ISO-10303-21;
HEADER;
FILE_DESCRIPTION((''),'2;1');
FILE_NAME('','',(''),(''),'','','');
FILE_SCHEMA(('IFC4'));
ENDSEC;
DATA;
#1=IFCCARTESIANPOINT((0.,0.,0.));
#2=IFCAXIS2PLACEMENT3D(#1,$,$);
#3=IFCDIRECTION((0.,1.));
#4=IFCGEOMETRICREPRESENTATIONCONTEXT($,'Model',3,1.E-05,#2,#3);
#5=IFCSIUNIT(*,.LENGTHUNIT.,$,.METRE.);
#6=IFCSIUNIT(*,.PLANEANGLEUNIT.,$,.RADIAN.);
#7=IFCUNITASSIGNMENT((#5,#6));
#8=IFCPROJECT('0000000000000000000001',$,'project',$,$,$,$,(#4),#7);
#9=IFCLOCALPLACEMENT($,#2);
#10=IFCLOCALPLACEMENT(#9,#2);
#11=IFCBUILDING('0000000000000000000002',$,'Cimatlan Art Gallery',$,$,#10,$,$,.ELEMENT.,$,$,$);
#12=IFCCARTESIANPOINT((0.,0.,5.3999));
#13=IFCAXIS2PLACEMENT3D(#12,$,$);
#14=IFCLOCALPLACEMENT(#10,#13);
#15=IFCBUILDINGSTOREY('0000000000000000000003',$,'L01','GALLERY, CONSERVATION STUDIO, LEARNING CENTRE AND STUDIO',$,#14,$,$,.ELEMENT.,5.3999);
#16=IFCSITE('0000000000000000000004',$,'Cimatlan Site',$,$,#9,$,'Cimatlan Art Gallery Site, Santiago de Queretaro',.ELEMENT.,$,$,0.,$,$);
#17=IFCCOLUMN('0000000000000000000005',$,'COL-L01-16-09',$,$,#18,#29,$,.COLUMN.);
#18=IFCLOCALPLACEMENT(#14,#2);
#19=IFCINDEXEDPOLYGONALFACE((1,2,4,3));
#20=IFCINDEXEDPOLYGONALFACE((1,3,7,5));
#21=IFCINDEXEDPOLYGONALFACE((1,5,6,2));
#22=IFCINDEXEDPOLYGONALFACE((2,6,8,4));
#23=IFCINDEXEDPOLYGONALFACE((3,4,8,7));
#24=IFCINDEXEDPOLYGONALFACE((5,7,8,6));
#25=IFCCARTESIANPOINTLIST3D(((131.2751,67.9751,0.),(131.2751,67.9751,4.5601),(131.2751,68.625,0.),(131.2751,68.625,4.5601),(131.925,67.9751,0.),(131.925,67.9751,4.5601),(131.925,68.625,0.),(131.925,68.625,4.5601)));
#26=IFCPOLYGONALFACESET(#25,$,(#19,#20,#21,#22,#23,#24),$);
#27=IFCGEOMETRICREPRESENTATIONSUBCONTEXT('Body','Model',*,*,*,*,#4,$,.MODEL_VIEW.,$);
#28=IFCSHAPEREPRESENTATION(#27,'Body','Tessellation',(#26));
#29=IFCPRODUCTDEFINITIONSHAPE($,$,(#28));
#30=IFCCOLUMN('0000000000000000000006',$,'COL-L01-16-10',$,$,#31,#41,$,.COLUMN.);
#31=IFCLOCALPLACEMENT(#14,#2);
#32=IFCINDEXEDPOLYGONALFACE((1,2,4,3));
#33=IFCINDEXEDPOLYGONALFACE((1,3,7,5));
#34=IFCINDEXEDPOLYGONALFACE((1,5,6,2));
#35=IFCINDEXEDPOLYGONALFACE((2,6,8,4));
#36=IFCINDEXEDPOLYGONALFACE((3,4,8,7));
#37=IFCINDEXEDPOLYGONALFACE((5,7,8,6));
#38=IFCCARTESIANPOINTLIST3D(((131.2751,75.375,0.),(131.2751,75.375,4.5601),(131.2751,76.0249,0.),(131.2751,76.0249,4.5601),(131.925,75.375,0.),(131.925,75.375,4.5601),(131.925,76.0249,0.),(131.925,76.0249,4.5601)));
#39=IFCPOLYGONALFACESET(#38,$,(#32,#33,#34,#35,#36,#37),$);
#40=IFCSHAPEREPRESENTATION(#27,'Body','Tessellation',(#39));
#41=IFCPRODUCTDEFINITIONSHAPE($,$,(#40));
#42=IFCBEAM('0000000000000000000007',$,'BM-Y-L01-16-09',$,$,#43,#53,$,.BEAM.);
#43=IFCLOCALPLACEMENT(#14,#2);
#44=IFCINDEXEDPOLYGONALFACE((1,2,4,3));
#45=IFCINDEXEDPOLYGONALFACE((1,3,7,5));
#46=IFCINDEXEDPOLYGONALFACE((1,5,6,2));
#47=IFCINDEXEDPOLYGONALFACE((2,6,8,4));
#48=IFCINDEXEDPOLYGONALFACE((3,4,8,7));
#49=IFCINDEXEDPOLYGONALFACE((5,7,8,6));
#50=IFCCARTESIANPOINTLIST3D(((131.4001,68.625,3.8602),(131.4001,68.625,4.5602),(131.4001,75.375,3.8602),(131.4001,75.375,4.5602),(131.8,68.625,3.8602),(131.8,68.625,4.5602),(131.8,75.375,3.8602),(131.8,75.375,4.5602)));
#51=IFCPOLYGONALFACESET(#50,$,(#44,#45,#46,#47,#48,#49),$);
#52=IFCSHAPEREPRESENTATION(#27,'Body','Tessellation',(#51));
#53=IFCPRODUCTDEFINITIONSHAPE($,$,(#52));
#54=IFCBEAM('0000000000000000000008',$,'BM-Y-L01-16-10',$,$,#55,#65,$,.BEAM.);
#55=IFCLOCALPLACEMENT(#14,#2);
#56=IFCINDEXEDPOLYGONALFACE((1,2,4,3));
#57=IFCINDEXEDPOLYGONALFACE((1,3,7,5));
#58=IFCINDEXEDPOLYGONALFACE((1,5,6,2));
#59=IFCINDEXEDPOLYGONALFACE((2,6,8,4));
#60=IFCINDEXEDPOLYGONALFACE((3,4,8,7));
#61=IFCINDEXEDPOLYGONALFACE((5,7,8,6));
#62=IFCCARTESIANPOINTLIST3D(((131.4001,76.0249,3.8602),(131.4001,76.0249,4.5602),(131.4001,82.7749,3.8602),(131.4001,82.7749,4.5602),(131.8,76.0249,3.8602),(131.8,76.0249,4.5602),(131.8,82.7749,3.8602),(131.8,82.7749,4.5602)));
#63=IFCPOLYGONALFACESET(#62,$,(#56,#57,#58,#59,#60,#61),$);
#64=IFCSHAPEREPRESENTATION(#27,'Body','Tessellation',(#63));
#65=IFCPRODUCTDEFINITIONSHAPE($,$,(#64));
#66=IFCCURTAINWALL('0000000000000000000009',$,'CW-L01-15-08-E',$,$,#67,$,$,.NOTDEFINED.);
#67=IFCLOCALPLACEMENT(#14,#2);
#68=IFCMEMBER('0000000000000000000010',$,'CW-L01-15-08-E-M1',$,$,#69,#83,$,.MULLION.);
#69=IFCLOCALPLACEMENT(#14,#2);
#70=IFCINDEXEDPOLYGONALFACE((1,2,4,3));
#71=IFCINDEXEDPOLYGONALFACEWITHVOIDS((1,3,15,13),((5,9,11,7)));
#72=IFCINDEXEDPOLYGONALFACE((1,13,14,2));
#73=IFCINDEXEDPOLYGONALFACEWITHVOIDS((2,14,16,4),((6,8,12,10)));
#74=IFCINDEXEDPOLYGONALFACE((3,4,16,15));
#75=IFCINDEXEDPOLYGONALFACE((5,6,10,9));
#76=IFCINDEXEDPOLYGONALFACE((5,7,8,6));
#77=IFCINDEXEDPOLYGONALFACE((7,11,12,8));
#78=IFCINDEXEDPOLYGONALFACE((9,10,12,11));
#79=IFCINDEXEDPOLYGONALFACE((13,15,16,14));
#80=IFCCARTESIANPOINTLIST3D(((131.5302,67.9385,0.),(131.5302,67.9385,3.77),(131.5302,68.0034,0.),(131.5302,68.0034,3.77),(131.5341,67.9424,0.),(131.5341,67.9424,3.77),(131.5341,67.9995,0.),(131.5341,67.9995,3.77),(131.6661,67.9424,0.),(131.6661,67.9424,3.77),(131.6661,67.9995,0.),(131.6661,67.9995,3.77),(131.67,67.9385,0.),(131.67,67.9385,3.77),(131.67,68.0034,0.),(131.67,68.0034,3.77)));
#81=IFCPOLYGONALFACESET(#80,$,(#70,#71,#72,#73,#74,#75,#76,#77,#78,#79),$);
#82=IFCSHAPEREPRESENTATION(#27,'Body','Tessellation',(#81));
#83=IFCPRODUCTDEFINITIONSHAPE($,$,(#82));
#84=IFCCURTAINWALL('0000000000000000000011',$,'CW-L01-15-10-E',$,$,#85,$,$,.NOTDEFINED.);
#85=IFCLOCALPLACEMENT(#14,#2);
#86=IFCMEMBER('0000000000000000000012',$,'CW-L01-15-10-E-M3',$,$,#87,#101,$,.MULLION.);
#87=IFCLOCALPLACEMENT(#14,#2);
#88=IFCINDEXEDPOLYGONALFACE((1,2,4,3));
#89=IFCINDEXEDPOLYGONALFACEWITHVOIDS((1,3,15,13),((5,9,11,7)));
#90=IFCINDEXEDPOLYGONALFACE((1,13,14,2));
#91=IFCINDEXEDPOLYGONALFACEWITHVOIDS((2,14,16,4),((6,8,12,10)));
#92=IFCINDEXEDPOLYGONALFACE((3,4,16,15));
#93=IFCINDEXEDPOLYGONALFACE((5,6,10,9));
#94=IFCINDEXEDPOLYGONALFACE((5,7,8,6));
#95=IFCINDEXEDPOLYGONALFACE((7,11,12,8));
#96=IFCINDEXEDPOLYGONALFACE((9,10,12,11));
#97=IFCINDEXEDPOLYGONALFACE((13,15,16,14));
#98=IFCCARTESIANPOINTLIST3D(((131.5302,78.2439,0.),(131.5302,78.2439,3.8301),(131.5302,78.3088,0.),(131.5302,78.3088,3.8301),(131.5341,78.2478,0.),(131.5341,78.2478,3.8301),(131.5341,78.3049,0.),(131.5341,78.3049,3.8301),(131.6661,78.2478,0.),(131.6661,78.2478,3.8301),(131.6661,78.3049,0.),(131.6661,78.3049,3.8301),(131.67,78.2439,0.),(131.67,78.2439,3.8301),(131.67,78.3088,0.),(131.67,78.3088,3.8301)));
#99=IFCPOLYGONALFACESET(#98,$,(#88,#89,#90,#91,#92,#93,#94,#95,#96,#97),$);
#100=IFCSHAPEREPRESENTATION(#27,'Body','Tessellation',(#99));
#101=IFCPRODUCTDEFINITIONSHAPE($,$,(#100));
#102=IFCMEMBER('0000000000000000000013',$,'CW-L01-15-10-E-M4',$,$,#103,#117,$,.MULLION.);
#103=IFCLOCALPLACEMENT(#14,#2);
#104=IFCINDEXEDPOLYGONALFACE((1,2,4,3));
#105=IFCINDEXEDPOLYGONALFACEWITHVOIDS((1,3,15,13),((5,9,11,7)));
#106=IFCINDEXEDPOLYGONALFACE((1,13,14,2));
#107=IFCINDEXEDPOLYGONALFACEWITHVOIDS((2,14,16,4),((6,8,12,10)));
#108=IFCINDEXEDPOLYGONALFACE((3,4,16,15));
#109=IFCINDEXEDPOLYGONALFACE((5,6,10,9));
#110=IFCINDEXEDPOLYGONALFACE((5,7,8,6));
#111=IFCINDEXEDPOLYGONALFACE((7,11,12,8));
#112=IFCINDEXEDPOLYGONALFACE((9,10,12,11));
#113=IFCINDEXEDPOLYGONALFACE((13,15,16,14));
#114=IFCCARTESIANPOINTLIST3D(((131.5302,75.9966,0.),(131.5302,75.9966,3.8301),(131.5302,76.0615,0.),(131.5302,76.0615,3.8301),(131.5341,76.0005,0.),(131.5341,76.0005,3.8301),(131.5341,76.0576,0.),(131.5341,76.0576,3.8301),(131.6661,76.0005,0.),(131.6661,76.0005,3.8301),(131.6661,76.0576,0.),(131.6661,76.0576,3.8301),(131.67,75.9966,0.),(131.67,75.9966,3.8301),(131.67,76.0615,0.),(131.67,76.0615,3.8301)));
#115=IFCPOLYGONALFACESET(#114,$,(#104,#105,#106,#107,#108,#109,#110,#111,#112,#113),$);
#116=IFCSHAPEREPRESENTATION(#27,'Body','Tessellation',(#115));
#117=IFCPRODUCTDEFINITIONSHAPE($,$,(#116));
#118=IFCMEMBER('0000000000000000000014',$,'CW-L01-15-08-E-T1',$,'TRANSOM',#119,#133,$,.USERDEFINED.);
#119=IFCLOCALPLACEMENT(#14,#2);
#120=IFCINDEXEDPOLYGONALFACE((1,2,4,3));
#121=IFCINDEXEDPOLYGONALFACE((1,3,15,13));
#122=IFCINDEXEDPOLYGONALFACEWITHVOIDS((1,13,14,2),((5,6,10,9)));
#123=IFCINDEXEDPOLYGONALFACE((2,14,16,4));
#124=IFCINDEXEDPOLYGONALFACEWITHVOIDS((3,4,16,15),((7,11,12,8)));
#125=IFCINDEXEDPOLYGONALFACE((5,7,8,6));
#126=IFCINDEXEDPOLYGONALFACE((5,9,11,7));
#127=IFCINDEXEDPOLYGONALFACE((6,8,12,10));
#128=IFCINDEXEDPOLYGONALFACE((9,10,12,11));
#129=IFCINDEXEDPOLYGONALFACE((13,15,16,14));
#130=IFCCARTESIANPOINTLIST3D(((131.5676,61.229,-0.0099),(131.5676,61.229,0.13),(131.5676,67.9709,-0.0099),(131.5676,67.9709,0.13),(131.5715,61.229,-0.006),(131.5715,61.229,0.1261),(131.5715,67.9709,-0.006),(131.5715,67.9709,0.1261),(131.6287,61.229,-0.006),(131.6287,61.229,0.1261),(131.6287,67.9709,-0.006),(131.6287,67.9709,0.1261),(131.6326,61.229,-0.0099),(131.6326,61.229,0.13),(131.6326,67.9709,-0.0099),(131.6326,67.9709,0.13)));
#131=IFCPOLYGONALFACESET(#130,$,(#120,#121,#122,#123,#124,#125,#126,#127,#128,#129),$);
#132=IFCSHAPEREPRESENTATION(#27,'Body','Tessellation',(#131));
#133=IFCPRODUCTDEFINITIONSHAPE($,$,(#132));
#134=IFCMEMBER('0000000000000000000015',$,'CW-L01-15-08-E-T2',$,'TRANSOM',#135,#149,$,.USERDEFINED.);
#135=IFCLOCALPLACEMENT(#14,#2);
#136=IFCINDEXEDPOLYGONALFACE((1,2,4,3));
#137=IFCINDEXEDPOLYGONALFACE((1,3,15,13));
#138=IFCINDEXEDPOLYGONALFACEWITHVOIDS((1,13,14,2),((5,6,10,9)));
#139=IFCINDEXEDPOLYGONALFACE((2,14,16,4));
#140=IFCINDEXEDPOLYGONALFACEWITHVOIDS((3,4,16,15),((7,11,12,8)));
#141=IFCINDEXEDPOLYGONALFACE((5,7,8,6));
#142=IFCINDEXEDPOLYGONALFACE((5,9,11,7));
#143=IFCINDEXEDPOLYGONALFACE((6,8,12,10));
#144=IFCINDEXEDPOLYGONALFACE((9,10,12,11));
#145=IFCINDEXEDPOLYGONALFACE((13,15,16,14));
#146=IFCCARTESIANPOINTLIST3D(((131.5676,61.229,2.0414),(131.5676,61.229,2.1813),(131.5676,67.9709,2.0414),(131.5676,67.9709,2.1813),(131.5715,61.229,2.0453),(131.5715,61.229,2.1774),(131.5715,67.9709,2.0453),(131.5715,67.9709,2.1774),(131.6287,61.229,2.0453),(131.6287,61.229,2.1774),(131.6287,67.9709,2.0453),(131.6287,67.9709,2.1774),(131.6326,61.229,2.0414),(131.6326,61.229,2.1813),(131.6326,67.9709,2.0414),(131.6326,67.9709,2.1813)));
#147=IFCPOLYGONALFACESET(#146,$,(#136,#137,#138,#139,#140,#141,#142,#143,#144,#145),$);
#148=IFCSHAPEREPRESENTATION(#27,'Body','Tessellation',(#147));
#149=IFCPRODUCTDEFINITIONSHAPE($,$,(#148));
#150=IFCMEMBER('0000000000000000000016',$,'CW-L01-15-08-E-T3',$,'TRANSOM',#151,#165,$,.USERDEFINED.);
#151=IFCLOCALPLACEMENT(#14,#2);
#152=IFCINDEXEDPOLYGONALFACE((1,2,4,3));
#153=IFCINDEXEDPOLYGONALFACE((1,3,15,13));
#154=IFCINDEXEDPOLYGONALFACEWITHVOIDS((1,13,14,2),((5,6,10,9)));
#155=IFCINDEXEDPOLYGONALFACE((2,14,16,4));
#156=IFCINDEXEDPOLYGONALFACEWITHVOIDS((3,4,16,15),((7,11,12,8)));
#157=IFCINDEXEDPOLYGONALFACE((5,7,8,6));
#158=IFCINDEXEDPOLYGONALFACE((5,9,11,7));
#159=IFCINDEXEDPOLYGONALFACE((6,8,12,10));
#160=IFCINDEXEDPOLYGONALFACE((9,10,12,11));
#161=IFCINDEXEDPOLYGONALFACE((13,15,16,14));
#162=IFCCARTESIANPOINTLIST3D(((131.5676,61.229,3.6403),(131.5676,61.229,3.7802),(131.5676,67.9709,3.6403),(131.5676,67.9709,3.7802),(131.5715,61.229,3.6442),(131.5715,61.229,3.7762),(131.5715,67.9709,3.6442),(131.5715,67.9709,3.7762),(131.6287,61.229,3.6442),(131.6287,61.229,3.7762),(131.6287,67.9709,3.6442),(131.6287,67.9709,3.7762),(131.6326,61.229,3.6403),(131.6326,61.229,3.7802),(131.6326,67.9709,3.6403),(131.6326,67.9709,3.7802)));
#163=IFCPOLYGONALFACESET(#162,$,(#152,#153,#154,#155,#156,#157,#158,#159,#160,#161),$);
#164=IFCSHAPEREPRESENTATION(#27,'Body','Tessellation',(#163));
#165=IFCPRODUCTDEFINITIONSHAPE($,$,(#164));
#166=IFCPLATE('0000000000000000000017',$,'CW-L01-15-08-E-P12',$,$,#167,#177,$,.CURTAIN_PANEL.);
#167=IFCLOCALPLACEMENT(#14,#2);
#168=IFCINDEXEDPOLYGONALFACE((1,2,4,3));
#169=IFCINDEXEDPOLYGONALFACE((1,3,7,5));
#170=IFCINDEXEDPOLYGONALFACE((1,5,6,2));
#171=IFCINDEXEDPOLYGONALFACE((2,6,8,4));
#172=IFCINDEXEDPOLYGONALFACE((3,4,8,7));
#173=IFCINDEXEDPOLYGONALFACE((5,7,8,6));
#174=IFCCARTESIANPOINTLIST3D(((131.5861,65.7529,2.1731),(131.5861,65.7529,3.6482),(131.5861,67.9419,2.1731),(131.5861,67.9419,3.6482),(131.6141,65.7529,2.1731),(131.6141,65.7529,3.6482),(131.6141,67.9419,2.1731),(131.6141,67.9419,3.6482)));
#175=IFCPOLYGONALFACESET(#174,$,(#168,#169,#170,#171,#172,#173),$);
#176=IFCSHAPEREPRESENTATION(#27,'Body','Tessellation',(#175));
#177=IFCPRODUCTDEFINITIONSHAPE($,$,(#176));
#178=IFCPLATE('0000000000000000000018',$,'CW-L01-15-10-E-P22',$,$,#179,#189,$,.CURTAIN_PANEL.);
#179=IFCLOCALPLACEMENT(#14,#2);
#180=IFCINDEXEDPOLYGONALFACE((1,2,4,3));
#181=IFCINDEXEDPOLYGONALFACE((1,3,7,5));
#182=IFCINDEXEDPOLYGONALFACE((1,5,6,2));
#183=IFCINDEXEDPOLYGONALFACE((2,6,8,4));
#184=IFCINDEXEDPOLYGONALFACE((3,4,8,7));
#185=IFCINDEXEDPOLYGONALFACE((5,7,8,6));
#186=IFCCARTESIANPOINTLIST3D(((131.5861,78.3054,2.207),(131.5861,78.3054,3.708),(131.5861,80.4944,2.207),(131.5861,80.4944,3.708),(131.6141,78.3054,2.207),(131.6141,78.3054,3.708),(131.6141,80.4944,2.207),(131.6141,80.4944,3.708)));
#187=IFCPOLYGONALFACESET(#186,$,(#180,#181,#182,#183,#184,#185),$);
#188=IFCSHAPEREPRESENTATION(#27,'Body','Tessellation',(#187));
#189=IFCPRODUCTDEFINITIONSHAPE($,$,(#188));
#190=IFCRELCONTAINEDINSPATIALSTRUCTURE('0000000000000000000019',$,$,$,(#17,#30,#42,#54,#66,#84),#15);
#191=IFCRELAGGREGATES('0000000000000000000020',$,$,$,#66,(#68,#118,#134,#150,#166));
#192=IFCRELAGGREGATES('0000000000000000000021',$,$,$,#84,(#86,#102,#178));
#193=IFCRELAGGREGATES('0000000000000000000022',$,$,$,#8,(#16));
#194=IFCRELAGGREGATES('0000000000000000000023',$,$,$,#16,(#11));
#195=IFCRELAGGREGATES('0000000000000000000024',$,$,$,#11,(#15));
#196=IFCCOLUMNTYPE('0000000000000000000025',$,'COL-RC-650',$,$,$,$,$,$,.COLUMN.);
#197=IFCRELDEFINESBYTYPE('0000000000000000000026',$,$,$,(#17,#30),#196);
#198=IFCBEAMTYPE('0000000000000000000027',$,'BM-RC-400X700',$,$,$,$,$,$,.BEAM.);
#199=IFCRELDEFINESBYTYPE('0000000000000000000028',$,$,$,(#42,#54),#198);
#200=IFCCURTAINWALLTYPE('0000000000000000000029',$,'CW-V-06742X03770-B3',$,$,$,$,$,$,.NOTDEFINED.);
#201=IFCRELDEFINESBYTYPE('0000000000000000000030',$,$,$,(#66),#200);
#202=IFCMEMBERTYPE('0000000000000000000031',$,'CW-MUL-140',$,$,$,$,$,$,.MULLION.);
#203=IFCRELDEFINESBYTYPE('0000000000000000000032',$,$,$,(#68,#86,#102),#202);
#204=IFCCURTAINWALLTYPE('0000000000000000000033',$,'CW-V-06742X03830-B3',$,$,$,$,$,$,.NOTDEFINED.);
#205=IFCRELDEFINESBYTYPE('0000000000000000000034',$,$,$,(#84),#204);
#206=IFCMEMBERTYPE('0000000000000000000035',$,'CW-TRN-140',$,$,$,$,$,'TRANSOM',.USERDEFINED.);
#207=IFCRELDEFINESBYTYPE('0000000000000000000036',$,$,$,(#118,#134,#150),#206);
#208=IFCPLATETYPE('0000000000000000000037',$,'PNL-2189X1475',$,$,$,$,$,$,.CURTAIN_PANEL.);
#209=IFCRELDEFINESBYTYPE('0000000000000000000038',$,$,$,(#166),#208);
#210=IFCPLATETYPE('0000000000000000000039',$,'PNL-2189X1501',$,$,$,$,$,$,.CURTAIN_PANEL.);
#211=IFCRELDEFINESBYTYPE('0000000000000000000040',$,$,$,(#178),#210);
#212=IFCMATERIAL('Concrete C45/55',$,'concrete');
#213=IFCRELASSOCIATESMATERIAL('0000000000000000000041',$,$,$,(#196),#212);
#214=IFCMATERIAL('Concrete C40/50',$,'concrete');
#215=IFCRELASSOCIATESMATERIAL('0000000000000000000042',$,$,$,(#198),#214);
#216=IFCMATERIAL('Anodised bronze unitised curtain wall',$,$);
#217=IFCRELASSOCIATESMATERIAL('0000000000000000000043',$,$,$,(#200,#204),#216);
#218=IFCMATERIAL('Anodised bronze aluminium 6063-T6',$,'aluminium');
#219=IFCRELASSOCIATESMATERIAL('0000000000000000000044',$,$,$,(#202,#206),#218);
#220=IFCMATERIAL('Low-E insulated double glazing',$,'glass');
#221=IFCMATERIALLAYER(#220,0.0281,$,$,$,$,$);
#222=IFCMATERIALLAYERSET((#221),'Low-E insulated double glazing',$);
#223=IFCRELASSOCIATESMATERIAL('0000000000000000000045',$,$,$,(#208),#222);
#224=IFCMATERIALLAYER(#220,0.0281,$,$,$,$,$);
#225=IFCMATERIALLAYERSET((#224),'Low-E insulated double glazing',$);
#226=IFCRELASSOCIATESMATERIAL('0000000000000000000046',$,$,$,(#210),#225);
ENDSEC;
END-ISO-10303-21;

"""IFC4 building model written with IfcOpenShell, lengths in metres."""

from ifc_helpers import new_model, si_unit, direction, frame, origin, origin_2d, place, context, subcontext, project, spatial, rectangle, hollow_rectangle, extrude, material, layer, layer_set, material_profile, profile_set, type_object, element, aggregate, save


model = new_model("IFC4")

# Units and contexts
model_context = context("Model", 3, precision=1e-05, world=origin(), true_north=direction((0.0, 1.0)))
body_context = subcontext(model_context, "Body", "Model", "MODEL_VIEW")
ifc_project = project(units=[si_unit("LENGTHUNIT", "METRE"), si_unit("PLANEANGLEUNIT", "RADIAN")], contexts=[model_context])

# Site, building, storey
site_placement = place(None, origin())
site = spatial("IfcSite", under=ifc_project, at=site_placement, Name="Cimatlan Site", LongName="Cimatlan Art Gallery Site, Santiago de Queretaro", CompositionType="ELEMENT", RefElevation=0.0)
building_placement = place(site_placement, origin())
building = spatial("IfcBuilding", under=site, at=building_placement, Name="Cimatlan Art Gallery", CompositionType="ELEMENT")
storey_placement = place(building_placement, frame((0.0, 0.0, 5.3999)))
storey = spatial("IfcBuildingStorey", under=building, at=storey_placement, Name="L01", Description="GALLERY, CONSERVATION STUDIO, LEARNING CENTRE AND STUDIO", CompositionType="ELEMENT", Elevation=5.3999)

# Columns
ifc_material_1 = material(Name="Concrete C45/55", Category="concrete")
ifc_material_profile_1 = material_profile(ifc_material_1, rectangle(XDim=0.6499, YDim=0.6499, at=origin_2d()), Name="RC650X650")
ifc_profile_set_1 = profile_set([ifc_material_profile_1], Name="Concrete C45/55")
column_type = type_object("IfcColumnType", Name="COL-RC-650", PredefinedType="COLUMN", material=ifc_profile_set_1)
for number, where, z_axis, x_axis, name in (
    (1, (131.6001, 68.3, 0.0), (0.0, 0.0, 1.0), (1.0, 0.0, 0.0), "COL-L01-16-09"),
    (2, (131.6001, 75.7, 0.0), (0.0, 0.0, 1.0), (1.0, 0.0, 0.0), "COL-L01-16-10"),
):
    element("IfcColumn", number, at=place(storey_placement, frame(where, z_axis=z_axis, x_axis=x_axis)), inside=storey, type_object=column_type, Name=name, PredefinedType="COLUMN", context=body_context, shape_type="SweptSolid", body=[
        extrude(rectangle(XDim=0.6499, YDim=0.6499, at=origin_2d()), origin(), (0.0, 0.0, 1.0), 4.5601),
    ])

# Beams
ifc_material_2 = material(Name="Concrete C40/50", Category="concrete")
ifc_material_profile_2 = material_profile(ifc_material_2, rectangle(XDim=0.3999, YDim=0.7, at=origin_2d()), Name="RC400X700")
ifc_profile_set_2 = profile_set([ifc_material_profile_2], Name="Concrete C40/50")
beam_type = type_object("IfcBeamType", Name="BM-RC-400X700", PredefinedType="BEAM", material=ifc_profile_set_2)
for number, where, z_axis, x_axis, name in (
    (3, (131.6001, 68.625, 4.2102), (0.0, 1.0, 0.0), (-1.0, 0.0, 0.0), "BM-Y-L01-16-09"),
    (4, (131.6001, 76.0249, 4.2102), (0.0, 1.0, 0.0), (-1.0, 0.0, 0.0), "BM-Y-L01-16-10"),
):
    element("IfcBeam", number, at=place(storey_placement, frame(where, z_axis=z_axis, x_axis=x_axis)), inside=storey, type_object=beam_type, Name=name, PredefinedType="BEAM", context=body_context, shape_type="SweptSolid", body=[
        extrude(rectangle(XDim=0.3999, YDim=0.7, at=origin_2d()), origin(), (0.0, 0.0, 1.0), 6.75),
    ])

# Curtain wall, member
ifc_material_3 = material(Name="Anodised bronze unitised curtain wall")
curtain_wall_type_1 = type_object("IfcCurtainWallType", Name="CW-V-06742X03770-B3", PredefinedType="NOTDEFINED", material=ifc_material_3)
curtain_wall_1_placement = place(storey_placement, origin())
curtain_wall_1 = element("IfcCurtainWall", 5, at=curtain_wall_1_placement, inside=storey, type_object=curtain_wall_type_1, Name="CW-L01-15-08-E", PredefinedType="NOTDEFINED")
ifc_material_4 = material(Name="Anodised bronze aluminium 6063-T6", Category="aluminium")
ifc_material_profile_3 = material_profile(ifc_material_4, hollow_rectangle(XDim=0.0649, YDim=0.1399, WallThickness=0.0039, at=origin_2d()), Name="ALU65X140X4")
ifc_profile_set_3 = profile_set([ifc_material_profile_3], Name="Anodised bronze aluminium 6063-T6")
member_type_1 = type_object("IfcMemberType", Name="CW-MUL-140", PredefinedType="MULLION", material=ifc_profile_set_3)
member_1_placement = place(storey_placement, frame((131.6001, 67.9709, 0.0), z_axis=(0.0, 0.0, 1.0), x_axis=(0.0, 1.0, 0.0)))
member_1 = element("IfcMember", 6, at=member_1_placement, type_object=member_type_1, Name="CW-L01-15-08-E-M1", PredefinedType="MULLION", context=body_context, shape_type="SweptSolid", body=[
    extrude(hollow_rectangle(XDim=0.0649, YDim=0.1399, WallThickness=0.0039, at=origin_2d()), origin(), (0.0, 0.0, 1.0), 3.77),
])

# Curtain wall, members
curtain_wall_type_2 = type_object("IfcCurtainWallType", Name="CW-V-06742X03830-B3", PredefinedType="NOTDEFINED", material=ifc_material_3)
curtain_wall_2_placement = place(storey_placement, origin())
curtain_wall_2 = element("IfcCurtainWall", 7, at=curtain_wall_2_placement, inside=storey, type_object=curtain_wall_type_2, Name="CW-L01-15-10-E", PredefinedType="NOTDEFINED")
member_2_placement = place(storey_placement, frame((131.6001, 78.2764, 0.0), z_axis=(0.0, 0.0, 1.0), x_axis=(0.0, 1.0, 0.0)))
member_2 = element("IfcMember", 8, at=member_2_placement, type_object=member_type_1, Name="CW-L01-15-10-E-M3", PredefinedType="MULLION", context=body_context, shape_type="SweptSolid", body=[
    extrude(hollow_rectangle(XDim=0.0649, YDim=0.1399, WallThickness=0.0039, at=origin_2d()), origin(), (0.0, 0.0, 1.0), 3.8301),
])
member_3_placement = place(storey_placement, frame((131.6001, 76.0291, 0.0), z_axis=(0.0, 0.0, 1.0), x_axis=(0.0, 1.0, 0.0)))
member_3 = element("IfcMember", 9, at=member_3_placement, type_object=member_type_1, Name="CW-L01-15-10-E-M4", PredefinedType="MULLION", context=body_context, shape_type="SweptSolid", body=[
    extrude(hollow_rectangle(XDim=0.0649, YDim=0.1399, WallThickness=0.0039, at=origin_2d()), origin(), (0.0, 0.0, 1.0), 3.8301),
])

# Members
ifc_material_profile_4 = material_profile(ifc_material_4, hollow_rectangle(XDim=0.0649, YDim=0.1399, WallThickness=0.0039, at=origin_2d()), Name="ALU65X140X4")
ifc_profile_set_4 = profile_set([ifc_material_profile_4], Name="Anodised bronze aluminium 6063-T6")
member_type_2 = type_object("IfcMemberType", Name="CW-TRN-140", ElementType="TRANSOM", PredefinedType="USERDEFINED", material=ifc_profile_set_4)
member_4_placement = place(storey_placement, frame((131.6001, 67.9709, 0.0601), z_axis=(0.0, -1.0, 0.0), x_axis=(1.0, 0.0, 0.0)))
member_4 = element("IfcMember", 10, at=member_4_placement, type_object=member_type_2, Name="CW-L01-15-08-E-T1", ObjectType="TRANSOM", PredefinedType="USERDEFINED", context=body_context, shape_type="SweptSolid", body=[
    extrude(hollow_rectangle(XDim=0.0649, YDim=0.1399, WallThickness=0.0039, at=origin_2d()), origin(), (0.0, 0.0, 1.0), 6.7419),
])
member_5_placement = place(storey_placement, frame((131.6001, 67.9709, 2.1113), z_axis=(0.0, -1.0, 0.0), x_axis=(1.0, 0.0, 0.0)))
member_5 = element("IfcMember", 11, at=member_5_placement, type_object=member_type_2, Name="CW-L01-15-08-E-T2", ObjectType="TRANSOM", PredefinedType="USERDEFINED", context=body_context, shape_type="SweptSolid", body=[
    extrude(hollow_rectangle(XDim=0.0649, YDim=0.1399, WallThickness=0.0039, at=origin_2d()), origin(), (0.0, 0.0, 1.0), 6.7419),
])
member_6_placement = place(storey_placement, frame((131.6001, 67.9709, 3.7102), z_axis=(0.0, -1.0, 0.0), x_axis=(1.0, 0.0, 0.0)))
member_6 = element("IfcMember", 12, at=member_6_placement, type_object=member_type_2, Name="CW-L01-15-08-E-T3", ObjectType="TRANSOM", PredefinedType="USERDEFINED", context=body_context, shape_type="SweptSolid", body=[
    extrude(hollow_rectangle(XDim=0.0649, YDim=0.1399, WallThickness=0.0039, at=origin_2d()), origin(), (0.0, 0.0, 1.0), 6.7419),
])

# Plates
ifc_material_5 = material(Name="Low-E insulated double glazing", Category="glass")
ifc_layer_1 = layer(ifc_material_5, 0.0281)
ifc_layer_set_1 = layer_set([ifc_layer_1], Name="Low-E insulated double glazing")
plate_type_1 = type_object("IfcPlateType", Name="PNL-2189X1475", PredefinedType="CURTAIN_PANEL", material=ifc_layer_set_1)
plate_1_placement = place(storey_placement, frame((131.6001, 66.8474, 2.1731), z_axis=(0.0, 0.0, 1.0), x_axis=(0.0, -1.0, 0.0)))
plate_1 = element("IfcPlate", 13, at=plate_1_placement, type_object=plate_type_1, Name="CW-L01-15-08-E-P12", PredefinedType="CURTAIN_PANEL", context=body_context, shape_type="SweptSolid", body=[
    extrude(rectangle(XDim=2.189, YDim=0.0281, at=origin_2d()), origin(), (0.0, 0.0, 1.0), 1.4751),
])
aggregate(curtain_wall_1, [member_1, member_4, member_5, member_6, plate_1])
ifc_layer_2 = layer(ifc_material_5, 0.0281)
ifc_layer_set_2 = layer_set([ifc_layer_2], Name="Low-E insulated double glazing")
plate_type_2 = type_object("IfcPlateType", Name="PNL-2189X1501", PredefinedType="CURTAIN_PANEL", material=ifc_layer_set_2)
plate_2_placement = place(storey_placement, frame((131.6001, 79.3999, 2.207), z_axis=(0.0, 0.0, 1.0), x_axis=(0.0, -1.0, 0.0)))
plate_2 = element("IfcPlate", 14, at=plate_2_placement, type_object=plate_type_2, Name="CW-L01-15-10-E-P22", PredefinedType="CURTAIN_PANEL", context=body_context, shape_type="SweptSolid", body=[
    extrude(rectangle(XDim=2.189, YDim=0.0281, at=origin_2d()), origin(), (0.0, 0.0, 1.0), 1.501),
])
aggregate(curtain_wall_2, [member_2, member_3, plate_2])

save(model, "model.ifc")
